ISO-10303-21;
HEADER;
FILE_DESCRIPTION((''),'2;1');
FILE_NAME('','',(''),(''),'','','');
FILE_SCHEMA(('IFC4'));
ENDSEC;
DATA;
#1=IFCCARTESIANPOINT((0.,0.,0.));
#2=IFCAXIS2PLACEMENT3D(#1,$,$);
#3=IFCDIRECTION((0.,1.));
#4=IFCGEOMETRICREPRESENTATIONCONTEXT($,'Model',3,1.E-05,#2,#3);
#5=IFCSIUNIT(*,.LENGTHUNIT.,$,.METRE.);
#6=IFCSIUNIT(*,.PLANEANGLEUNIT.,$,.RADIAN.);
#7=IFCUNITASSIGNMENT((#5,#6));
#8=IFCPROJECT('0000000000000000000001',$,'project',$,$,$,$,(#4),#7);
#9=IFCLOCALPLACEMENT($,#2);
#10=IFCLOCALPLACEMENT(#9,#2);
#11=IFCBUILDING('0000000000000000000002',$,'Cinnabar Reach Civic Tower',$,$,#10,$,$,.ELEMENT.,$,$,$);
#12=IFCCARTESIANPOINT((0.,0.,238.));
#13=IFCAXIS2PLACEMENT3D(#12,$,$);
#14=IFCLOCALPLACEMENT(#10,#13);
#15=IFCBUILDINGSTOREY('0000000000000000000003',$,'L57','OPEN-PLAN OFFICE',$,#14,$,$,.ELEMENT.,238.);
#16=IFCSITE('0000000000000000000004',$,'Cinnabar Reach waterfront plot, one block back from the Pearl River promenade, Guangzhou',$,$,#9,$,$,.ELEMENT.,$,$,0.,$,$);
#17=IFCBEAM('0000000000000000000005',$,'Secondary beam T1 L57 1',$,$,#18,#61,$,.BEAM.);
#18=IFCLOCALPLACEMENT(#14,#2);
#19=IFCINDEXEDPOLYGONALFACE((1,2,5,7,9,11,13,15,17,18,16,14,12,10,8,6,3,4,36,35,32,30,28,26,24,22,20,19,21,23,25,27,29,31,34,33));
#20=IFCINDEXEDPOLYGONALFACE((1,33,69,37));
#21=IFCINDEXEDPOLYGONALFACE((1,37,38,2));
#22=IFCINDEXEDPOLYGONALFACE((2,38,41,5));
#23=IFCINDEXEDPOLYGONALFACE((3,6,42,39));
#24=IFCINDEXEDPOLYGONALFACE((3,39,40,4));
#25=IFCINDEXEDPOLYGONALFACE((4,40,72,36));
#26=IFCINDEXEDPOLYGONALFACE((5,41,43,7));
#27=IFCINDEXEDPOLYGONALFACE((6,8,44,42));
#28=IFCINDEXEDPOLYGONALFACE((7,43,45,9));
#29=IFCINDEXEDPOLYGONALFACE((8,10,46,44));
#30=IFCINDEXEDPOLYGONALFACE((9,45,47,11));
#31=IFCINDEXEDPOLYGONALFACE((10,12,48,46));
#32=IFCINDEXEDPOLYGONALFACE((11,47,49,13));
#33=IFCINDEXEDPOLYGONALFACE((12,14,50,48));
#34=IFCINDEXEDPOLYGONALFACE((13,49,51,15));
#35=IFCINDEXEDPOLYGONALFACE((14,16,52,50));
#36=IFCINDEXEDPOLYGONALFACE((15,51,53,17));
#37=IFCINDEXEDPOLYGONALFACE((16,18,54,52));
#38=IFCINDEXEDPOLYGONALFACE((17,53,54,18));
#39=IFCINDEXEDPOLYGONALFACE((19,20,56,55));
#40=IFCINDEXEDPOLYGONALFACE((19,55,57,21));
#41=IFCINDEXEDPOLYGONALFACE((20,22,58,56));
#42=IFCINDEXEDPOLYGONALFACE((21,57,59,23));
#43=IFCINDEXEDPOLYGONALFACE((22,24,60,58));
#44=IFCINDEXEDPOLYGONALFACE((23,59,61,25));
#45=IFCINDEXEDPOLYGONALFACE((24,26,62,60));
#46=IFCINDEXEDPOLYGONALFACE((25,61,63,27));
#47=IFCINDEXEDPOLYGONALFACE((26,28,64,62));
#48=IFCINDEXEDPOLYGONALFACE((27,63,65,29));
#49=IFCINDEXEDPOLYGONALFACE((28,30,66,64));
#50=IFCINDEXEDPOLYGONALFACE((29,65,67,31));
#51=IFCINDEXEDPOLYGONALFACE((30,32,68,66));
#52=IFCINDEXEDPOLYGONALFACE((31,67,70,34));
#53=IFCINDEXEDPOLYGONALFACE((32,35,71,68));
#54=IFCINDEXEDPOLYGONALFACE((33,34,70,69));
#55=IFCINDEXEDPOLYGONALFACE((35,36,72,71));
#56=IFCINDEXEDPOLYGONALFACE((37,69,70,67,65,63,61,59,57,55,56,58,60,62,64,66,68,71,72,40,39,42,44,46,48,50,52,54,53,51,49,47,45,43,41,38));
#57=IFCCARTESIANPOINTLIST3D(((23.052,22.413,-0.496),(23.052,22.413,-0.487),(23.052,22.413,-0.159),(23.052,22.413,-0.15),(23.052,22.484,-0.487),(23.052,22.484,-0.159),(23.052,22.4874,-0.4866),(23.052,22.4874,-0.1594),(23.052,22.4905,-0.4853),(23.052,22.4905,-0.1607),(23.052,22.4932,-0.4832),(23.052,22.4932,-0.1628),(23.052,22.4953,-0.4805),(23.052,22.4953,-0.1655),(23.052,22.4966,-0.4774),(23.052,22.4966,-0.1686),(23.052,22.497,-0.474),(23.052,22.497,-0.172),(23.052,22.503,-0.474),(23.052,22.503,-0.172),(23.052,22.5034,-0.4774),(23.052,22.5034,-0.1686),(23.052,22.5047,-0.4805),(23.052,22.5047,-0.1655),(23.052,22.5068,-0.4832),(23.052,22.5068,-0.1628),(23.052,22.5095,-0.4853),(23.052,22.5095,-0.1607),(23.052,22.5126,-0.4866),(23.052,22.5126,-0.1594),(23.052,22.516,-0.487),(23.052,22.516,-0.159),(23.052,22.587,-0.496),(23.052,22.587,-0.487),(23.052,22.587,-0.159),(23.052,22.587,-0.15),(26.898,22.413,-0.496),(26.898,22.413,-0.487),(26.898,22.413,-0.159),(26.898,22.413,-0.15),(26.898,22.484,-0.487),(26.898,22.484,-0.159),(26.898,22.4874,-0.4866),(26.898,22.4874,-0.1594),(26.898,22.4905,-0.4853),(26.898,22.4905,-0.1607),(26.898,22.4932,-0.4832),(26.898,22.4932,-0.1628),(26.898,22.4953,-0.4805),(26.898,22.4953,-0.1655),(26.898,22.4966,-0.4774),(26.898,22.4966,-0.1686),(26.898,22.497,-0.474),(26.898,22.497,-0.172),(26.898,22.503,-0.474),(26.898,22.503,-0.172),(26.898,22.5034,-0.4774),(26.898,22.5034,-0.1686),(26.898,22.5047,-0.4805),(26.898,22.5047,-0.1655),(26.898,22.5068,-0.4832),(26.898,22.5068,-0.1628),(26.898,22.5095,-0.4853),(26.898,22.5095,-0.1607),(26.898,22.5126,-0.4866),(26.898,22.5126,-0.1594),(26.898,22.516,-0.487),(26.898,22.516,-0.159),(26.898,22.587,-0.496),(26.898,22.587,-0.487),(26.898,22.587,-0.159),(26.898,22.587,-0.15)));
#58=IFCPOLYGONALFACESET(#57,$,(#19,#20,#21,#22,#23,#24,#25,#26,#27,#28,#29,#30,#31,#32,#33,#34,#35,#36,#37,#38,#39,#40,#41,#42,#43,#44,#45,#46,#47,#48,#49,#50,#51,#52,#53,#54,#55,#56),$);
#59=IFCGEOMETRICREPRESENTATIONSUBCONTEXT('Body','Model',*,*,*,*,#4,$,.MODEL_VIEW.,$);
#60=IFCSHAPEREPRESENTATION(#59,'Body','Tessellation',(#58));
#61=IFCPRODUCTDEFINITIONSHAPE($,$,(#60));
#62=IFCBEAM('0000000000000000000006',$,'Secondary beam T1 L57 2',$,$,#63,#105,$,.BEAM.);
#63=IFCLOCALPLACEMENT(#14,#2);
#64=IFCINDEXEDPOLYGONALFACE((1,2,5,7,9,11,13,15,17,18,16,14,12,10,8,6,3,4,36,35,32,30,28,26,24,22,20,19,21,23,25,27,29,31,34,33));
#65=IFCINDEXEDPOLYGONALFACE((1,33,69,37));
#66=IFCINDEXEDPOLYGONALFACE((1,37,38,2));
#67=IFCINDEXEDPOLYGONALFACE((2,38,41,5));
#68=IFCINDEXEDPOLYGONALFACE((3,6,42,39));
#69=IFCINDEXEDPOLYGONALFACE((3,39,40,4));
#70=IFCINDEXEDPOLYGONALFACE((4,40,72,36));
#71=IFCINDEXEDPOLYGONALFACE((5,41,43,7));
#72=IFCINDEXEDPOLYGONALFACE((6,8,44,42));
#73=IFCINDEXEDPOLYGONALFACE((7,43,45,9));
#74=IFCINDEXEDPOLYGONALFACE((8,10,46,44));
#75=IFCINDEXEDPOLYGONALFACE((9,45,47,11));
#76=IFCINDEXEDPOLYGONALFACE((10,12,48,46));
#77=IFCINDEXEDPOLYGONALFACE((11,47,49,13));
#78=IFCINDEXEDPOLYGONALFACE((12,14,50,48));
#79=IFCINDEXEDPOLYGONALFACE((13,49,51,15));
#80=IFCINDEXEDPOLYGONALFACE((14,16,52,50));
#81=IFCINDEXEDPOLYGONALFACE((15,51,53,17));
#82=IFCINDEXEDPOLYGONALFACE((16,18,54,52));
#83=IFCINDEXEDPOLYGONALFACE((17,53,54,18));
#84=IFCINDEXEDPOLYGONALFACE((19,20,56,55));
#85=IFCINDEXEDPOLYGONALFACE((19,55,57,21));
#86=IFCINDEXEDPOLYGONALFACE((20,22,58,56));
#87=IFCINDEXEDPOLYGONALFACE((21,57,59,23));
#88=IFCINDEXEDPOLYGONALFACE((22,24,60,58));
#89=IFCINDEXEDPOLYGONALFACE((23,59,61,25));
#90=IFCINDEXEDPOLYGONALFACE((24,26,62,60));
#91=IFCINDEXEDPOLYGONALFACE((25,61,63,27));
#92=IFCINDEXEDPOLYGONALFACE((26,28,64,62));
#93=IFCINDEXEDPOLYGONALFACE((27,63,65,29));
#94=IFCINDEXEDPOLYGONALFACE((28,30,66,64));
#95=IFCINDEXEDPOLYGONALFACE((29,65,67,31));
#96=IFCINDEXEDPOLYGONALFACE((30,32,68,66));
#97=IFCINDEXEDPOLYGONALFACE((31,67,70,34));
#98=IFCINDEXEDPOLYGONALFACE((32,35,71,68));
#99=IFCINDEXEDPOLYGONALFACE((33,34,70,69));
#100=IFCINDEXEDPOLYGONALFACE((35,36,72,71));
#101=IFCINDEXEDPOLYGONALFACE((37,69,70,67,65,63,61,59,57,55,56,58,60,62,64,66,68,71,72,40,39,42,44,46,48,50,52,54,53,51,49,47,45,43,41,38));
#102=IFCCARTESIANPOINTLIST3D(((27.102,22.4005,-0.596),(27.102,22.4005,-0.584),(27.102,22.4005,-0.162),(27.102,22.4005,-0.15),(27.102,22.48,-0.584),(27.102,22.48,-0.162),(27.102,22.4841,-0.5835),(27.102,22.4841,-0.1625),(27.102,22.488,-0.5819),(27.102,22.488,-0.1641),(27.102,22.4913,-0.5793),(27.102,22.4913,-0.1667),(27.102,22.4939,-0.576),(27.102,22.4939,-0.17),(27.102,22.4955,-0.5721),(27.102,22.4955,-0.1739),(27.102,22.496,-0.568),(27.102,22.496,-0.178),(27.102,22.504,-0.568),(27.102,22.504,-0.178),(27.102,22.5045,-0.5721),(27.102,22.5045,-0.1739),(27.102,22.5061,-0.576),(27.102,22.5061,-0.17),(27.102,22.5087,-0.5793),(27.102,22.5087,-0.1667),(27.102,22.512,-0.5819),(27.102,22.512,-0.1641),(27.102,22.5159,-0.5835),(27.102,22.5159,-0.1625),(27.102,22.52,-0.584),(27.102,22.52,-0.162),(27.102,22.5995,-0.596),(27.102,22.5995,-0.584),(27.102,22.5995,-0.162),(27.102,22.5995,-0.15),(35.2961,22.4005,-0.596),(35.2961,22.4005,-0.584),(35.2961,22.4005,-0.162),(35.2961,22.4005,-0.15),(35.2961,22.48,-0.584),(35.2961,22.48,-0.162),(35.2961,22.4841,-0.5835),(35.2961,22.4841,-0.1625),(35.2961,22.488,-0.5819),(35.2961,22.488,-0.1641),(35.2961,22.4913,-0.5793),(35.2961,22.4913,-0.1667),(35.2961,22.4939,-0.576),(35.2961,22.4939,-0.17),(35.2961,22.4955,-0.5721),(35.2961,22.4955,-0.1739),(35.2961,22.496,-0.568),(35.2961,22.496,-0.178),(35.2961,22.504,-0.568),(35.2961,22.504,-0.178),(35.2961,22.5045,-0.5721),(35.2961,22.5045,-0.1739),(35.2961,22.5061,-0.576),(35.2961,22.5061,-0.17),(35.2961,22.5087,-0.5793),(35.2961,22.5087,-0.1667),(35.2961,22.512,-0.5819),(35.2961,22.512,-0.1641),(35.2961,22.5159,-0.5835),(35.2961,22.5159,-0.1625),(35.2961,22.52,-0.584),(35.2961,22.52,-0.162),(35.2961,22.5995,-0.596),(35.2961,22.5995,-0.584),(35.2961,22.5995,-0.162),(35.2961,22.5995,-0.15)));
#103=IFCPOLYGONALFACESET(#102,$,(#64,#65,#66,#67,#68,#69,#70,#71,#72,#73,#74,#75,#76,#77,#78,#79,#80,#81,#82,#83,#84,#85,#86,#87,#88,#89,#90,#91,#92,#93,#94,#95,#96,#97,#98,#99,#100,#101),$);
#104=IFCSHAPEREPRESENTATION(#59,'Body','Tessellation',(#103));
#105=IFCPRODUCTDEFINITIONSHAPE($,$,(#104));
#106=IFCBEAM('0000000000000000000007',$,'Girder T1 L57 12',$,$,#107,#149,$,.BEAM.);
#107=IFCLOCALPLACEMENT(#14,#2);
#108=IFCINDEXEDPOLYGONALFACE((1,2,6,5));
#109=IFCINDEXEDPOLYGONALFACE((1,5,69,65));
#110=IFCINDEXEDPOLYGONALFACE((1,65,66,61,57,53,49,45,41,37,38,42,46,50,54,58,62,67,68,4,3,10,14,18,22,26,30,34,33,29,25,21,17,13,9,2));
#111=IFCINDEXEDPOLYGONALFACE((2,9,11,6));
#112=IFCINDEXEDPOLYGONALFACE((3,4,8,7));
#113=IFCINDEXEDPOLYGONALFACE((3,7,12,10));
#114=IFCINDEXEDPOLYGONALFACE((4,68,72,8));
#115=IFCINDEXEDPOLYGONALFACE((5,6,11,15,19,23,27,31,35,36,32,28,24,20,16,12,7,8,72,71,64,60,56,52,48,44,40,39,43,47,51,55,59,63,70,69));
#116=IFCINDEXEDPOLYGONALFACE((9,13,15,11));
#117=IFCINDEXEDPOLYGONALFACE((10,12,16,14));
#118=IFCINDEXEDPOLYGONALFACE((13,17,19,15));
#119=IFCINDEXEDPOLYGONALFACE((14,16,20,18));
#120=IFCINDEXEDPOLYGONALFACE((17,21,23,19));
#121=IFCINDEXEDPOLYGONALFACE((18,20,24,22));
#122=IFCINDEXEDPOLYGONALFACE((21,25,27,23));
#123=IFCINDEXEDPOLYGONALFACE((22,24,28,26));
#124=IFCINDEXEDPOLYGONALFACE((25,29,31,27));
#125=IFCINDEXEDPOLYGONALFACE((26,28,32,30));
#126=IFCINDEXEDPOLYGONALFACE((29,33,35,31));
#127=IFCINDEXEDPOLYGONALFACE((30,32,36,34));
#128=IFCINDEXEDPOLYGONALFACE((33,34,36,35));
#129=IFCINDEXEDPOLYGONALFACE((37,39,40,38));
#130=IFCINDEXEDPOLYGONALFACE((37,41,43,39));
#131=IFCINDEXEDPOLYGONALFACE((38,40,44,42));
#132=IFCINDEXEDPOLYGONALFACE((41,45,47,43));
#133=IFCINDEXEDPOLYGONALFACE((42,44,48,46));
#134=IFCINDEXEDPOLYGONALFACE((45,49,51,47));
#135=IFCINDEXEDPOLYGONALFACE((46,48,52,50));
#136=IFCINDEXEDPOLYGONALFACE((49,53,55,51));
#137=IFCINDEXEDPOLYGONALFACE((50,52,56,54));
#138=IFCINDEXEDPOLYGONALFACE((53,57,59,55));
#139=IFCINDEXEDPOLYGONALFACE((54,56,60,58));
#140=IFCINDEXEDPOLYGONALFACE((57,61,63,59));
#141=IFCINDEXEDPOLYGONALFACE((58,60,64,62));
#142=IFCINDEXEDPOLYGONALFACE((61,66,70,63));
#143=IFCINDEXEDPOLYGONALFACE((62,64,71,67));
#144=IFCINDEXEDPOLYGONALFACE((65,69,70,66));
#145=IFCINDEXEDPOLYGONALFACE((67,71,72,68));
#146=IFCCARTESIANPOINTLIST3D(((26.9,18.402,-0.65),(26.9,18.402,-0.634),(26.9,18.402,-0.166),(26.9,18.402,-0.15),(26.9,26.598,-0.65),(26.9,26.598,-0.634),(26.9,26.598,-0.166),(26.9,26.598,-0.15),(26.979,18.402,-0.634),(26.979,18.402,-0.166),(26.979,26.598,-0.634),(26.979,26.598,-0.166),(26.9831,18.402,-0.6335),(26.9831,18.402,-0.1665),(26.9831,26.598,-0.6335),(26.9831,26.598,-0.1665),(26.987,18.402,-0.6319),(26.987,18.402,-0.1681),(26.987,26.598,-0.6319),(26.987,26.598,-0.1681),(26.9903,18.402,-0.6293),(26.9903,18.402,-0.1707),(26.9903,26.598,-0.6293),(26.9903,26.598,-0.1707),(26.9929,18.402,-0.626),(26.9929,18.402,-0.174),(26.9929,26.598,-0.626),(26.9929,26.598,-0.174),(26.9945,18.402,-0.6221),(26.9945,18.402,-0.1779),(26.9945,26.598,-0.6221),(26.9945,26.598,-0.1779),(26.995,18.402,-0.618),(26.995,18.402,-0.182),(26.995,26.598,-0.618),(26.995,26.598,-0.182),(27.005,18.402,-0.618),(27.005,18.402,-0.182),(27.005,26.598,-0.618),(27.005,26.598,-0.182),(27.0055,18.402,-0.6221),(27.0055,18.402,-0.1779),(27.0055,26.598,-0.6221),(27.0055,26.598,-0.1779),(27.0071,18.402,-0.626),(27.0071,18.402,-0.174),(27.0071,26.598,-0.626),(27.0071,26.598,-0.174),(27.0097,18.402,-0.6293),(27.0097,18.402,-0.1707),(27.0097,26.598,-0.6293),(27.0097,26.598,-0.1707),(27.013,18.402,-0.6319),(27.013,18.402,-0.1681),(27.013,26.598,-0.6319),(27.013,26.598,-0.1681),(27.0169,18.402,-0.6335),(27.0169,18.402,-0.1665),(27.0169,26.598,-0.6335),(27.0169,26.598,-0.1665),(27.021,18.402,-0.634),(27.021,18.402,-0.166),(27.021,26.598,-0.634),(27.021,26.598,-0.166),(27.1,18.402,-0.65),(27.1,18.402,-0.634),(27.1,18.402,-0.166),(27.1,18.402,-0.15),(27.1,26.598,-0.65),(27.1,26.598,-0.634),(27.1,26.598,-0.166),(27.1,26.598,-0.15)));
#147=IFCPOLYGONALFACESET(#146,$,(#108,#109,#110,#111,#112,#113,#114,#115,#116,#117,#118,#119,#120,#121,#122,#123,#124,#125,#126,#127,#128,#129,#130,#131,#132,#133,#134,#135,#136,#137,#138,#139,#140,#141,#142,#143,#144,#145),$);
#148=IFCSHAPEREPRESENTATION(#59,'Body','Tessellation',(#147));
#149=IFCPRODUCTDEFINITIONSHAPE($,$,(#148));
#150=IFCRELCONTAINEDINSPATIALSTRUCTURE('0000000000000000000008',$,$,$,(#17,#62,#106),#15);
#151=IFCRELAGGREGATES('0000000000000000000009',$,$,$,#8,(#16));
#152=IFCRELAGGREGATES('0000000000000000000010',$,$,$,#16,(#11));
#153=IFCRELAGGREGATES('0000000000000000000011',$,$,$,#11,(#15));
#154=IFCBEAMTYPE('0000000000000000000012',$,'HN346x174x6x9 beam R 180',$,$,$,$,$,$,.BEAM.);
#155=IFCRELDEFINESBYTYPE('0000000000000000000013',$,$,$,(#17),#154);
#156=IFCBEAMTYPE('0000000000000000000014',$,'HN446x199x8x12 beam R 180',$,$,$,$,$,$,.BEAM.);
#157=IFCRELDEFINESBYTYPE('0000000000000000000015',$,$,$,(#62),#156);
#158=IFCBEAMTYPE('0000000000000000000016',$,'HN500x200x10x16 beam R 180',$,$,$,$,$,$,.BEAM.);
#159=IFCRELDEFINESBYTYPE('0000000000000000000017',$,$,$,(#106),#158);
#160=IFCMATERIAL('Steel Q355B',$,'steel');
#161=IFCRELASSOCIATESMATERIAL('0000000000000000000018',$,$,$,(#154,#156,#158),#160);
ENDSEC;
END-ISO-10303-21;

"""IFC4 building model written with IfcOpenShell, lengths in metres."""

from ifc_helpers import new_model, si_unit, direction, frame, origin, origin_2d, place, context, subcontext, project, spatial, i_section, extrude, material, material_profile, profile_set, type_object, element, save


model = new_model("IFC4")

# Units and contexts
model_context = context("Model", 3, precision=1e-05, world=origin(), true_north=direction((0.0, 1.0)))
body_context = subcontext(model_context, "Body", "Model", "MODEL_VIEW")
ifc_project = project(units=[si_unit("LENGTHUNIT", "METRE"), si_unit("PLANEANGLEUNIT", "RADIAN")], contexts=[model_context])

# Site, building, storey
site_placement = place(None, origin())
site = spatial("IfcSite", under=ifc_project, at=site_placement, Name="Cinnabar Reach waterfront plot, one block back from the Pearl River promenade, Guangzhou", CompositionType="ELEMENT", RefElevation=0.0)
building_placement = place(site_placement, origin())
building = spatial("IfcBuilding", under=site, at=building_placement, Name="Cinnabar Reach Civic Tower", CompositionType="ELEMENT")
storey_placement = place(building_placement, frame((0.0, 0.0, 238.0)))
storey = spatial("IfcBuildingStorey", under=building, at=storey_placement, Name="L57", Description="OPEN-PLAN OFFICE", CompositionType="ELEMENT", Elevation=238.0)

# Beams
ifc_material_1 = material(Name="Steel Q355B", Category="steel")
ifc_material_profile_1 = material_profile(ifc_material_1, i_section(OverallWidth=0.174, OverallDepth=0.346, WebThickness=0.006, FlangeThickness=0.009, FilletRadius=0.013, at=origin_2d()), Name="HN346x174x6x9")
ifc_profile_set_1 = profile_set([ifc_material_profile_1], Name="Steel Q355B")
beam_type_1 = type_object("IfcBeamType", Name="HN346x174x6x9 beam R 180", PredefinedType="BEAM", material=ifc_profile_set_1)
beam_1_placement = place(storey_placement, frame((23.052, 22.5, -0.323), z_axis=(1.0, 0.0, 0.0), x_axis=(0.0, 1.0, 0.0)))
element("IfcBeam", 1, at=beam_1_placement, inside=storey, type_object=beam_type_1, Name="Secondary beam T1 L57 1", PredefinedType="BEAM", context=body_context, shape_type="SweptSolid", body=[
    extrude(i_section(OverallWidth=0.174, OverallDepth=0.346, WebThickness=0.006, FlangeThickness=0.009, FilletRadius=0.013, at=origin_2d()), origin(), (0.0, 0.0, 1.0), 3.846),
])
ifc_material_profile_2 = material_profile(ifc_material_1, i_section(OverallWidth=0.199, OverallDepth=0.446, WebThickness=0.008, FlangeThickness=0.012, FilletRadius=0.016, at=origin_2d()), Name="HN446x199x8x12")
ifc_profile_set_2 = profile_set([ifc_material_profile_2], Name="Steel Q355B")
beam_type_2 = type_object("IfcBeamType", Name="HN446x199x8x12 beam R 180", PredefinedType="BEAM", material=ifc_profile_set_2)
beam_2_placement = place(storey_placement, frame((27.102, 22.5, -0.373), z_axis=(1.0, 0.0, 0.0), x_axis=(0.0, 1.0, 0.0)))
element("IfcBeam", 2, at=beam_2_placement, inside=storey, type_object=beam_type_2, Name="Secondary beam T1 L57 2", PredefinedType="BEAM", context=body_context, shape_type="SweptSolid", body=[
    extrude(i_section(OverallWidth=0.199, OverallDepth=0.446, WebThickness=0.008, FlangeThickness=0.012, FilletRadius=0.016, at=origin_2d()), origin(), (0.0, 0.0, 1.0), 8.1941),
])
ifc_material_profile_3 = material_profile(ifc_material_1, i_section(OverallWidth=0.2, OverallDepth=0.5, WebThickness=0.01, FlangeThickness=0.016, FilletRadius=0.016, at=origin_2d()), Name="HN500x200x10x16")
ifc_profile_set_3 = profile_set([ifc_material_profile_3], Name="Steel Q355B")
beam_type_3 = type_object("IfcBeamType", Name="HN500x200x10x16 beam R 180", PredefinedType="BEAM", material=ifc_profile_set_3)
beam_3_placement = place(storey_placement, frame((27.0, 18.402, -0.4), z_axis=(0.0, 1.0, 0.0), x_axis=(-1.0, 0.0, 0.0)))
element("IfcBeam", 3, at=beam_3_placement, inside=storey, type_object=beam_type_3, Name="Girder T1 L57 12", PredefinedType="BEAM", context=body_context, shape_type="SweptSolid", body=[
    extrude(i_section(OverallWidth=0.2, OverallDepth=0.5, WebThickness=0.01, FlangeThickness=0.016, FilletRadius=0.016, at=origin_2d()), origin(), (0.0, 0.0, 1.0), 8.196),
])

save(model, "model.ifc")
